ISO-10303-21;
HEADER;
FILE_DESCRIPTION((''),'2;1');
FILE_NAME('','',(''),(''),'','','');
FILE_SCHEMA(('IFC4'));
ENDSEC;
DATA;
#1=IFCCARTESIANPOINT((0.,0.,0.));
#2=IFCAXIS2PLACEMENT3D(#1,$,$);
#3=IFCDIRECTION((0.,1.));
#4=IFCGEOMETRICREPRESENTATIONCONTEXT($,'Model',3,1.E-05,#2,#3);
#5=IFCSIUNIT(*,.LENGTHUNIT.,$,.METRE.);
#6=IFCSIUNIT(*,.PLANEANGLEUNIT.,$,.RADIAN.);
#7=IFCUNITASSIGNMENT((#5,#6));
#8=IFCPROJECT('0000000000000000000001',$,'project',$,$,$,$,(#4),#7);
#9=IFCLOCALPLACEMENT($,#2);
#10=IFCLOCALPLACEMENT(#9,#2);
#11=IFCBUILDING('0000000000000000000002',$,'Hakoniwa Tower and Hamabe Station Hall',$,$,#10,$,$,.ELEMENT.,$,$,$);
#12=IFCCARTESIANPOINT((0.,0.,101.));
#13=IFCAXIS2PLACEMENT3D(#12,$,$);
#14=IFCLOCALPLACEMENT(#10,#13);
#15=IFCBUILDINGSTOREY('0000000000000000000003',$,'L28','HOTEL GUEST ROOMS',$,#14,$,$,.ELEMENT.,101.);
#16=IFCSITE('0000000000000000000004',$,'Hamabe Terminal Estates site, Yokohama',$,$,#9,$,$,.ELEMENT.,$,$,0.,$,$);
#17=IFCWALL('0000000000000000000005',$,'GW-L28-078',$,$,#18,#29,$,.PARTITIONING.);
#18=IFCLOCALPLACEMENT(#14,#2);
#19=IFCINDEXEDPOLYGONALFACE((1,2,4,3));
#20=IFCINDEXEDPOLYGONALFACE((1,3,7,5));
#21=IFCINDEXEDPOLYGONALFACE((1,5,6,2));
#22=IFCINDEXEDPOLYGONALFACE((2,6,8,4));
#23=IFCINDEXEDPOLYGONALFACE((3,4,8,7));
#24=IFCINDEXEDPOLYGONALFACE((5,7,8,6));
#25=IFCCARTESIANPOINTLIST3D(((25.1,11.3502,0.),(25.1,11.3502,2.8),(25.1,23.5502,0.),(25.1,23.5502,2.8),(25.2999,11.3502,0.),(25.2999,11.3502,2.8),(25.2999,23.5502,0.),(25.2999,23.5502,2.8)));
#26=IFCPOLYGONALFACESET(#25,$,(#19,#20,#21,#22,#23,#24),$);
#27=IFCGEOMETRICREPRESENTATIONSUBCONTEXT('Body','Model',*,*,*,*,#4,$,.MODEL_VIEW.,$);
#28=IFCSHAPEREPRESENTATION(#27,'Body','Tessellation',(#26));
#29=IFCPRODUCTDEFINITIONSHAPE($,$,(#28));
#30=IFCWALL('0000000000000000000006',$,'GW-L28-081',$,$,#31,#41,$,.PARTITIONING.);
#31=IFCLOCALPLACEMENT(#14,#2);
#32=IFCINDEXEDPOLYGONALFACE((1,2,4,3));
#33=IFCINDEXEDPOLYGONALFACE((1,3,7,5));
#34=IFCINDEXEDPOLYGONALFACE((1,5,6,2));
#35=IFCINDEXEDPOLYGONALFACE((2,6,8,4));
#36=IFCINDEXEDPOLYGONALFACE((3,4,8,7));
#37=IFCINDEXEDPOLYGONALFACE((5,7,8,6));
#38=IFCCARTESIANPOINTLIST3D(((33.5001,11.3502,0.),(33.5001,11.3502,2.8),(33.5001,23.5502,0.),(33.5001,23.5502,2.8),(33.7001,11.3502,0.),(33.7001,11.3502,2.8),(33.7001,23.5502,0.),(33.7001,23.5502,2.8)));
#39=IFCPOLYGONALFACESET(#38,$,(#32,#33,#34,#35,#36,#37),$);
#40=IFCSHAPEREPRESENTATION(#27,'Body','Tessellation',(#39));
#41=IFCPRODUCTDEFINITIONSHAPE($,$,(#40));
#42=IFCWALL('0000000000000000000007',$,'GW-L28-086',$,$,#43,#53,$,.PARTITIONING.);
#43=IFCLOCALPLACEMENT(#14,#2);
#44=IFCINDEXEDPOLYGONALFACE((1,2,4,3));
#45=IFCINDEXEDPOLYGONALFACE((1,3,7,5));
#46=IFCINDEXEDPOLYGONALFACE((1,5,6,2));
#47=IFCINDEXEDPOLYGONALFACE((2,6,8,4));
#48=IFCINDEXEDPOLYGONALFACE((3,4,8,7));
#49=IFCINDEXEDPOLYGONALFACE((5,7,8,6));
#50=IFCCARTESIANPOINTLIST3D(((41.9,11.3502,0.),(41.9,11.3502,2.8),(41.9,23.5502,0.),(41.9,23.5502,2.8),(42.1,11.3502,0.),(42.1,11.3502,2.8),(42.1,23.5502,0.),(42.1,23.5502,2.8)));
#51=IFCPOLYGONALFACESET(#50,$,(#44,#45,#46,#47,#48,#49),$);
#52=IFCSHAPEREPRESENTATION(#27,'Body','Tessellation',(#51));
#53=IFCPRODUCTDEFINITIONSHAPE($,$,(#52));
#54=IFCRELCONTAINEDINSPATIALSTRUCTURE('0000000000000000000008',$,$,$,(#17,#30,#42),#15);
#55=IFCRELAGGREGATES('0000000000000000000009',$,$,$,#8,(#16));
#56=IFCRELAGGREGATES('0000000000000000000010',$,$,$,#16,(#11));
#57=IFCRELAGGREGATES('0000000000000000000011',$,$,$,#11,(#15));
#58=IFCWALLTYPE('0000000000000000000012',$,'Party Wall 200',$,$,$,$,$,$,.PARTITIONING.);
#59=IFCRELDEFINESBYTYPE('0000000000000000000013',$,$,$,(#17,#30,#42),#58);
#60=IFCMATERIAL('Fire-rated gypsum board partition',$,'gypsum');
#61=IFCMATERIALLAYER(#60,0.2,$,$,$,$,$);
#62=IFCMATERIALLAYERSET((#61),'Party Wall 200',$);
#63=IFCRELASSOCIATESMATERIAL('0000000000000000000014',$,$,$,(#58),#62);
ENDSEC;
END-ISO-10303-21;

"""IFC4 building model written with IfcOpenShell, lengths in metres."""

from ifc_helpers import new_model, si_unit, direction, frame, frame_2d, origin, place, context, subcontext, project, spatial, rectangle, extrude, material, layer, layer_set, type_object, element, save


model = new_model("IFC4")

# Units and contexts
model_context = context("Model", 3, precision=1e-05, world=origin(), true_north=direction((0.0, 1.0)))
body_context = subcontext(model_context, "Body", "Model", "MODEL_VIEW")
ifc_project = project(units=[si_unit("LENGTHUNIT", "METRE"), si_unit("PLANEANGLEUNIT", "RADIAN")], contexts=[model_context])

# Site, building, storey
site_placement = place(None, origin())
site = spatial("IfcSite", under=ifc_project, at=site_placement, Name="Hamabe Terminal Estates site, Yokohama", CompositionType="ELEMENT", RefElevation=0.0)
building_placement = place(site_placement, origin())
building = spatial("IfcBuilding", under=site, at=building_placement, Name="Hakoniwa Tower and Hamabe Station Hall", CompositionType="ELEMENT")
storey_placement = place(building_placement, frame((0.0, 0.0, 101.0)))
storey = spatial("IfcBuildingStorey", under=building, at=storey_placement, Name="L28", Description="HOTEL GUEST ROOMS", CompositionType="ELEMENT", Elevation=101.0)

# Walls
ifc_material_1 = material(Name="Fire-rated gypsum board partition", Category="gypsum")
ifc_layer_1 = layer(ifc_material_1, 0.2)
ifc_layer_set_1 = layer_set([ifc_layer_1], Name="Party Wall 200")
wall_type = type_object("IfcWallType", Name="Party Wall 200", PredefinedType="PARTITIONING", material=ifc_layer_set_1)
for number, where, z_axis, x_axis, name in (
    (1, (25.2, 11.3501, 0.0), (0.0, 0.0, 1.0), (0.0, 1.0, 0.0), "GW-L28-078"),
    (2, (33.6001, 11.3501, 0.0), (0.0, 0.0, 1.0), (0.0, 1.0, 0.0), "GW-L28-081"),
    (3, (42.0, 11.3501, 0.0), (0.0, 0.0, 1.0), (0.0, 1.0, 0.0), "GW-L28-086"),
):
    element("IfcWall", number, at=place(storey_placement, frame(where, z_axis=z_axis, x_axis=x_axis)), inside=storey, type_object=wall_type, Name=name, PredefinedType="PARTITIONING", context=body_context, shape_type="SweptSolid", body=[
        extrude(rectangle(XDim=12.2, YDim=0.2, at=frame_2d((6.1001, 0.0))), origin(), (0.0, 0.0, 1.0), 2.8),
    ])

save(model, "model.ifc")
